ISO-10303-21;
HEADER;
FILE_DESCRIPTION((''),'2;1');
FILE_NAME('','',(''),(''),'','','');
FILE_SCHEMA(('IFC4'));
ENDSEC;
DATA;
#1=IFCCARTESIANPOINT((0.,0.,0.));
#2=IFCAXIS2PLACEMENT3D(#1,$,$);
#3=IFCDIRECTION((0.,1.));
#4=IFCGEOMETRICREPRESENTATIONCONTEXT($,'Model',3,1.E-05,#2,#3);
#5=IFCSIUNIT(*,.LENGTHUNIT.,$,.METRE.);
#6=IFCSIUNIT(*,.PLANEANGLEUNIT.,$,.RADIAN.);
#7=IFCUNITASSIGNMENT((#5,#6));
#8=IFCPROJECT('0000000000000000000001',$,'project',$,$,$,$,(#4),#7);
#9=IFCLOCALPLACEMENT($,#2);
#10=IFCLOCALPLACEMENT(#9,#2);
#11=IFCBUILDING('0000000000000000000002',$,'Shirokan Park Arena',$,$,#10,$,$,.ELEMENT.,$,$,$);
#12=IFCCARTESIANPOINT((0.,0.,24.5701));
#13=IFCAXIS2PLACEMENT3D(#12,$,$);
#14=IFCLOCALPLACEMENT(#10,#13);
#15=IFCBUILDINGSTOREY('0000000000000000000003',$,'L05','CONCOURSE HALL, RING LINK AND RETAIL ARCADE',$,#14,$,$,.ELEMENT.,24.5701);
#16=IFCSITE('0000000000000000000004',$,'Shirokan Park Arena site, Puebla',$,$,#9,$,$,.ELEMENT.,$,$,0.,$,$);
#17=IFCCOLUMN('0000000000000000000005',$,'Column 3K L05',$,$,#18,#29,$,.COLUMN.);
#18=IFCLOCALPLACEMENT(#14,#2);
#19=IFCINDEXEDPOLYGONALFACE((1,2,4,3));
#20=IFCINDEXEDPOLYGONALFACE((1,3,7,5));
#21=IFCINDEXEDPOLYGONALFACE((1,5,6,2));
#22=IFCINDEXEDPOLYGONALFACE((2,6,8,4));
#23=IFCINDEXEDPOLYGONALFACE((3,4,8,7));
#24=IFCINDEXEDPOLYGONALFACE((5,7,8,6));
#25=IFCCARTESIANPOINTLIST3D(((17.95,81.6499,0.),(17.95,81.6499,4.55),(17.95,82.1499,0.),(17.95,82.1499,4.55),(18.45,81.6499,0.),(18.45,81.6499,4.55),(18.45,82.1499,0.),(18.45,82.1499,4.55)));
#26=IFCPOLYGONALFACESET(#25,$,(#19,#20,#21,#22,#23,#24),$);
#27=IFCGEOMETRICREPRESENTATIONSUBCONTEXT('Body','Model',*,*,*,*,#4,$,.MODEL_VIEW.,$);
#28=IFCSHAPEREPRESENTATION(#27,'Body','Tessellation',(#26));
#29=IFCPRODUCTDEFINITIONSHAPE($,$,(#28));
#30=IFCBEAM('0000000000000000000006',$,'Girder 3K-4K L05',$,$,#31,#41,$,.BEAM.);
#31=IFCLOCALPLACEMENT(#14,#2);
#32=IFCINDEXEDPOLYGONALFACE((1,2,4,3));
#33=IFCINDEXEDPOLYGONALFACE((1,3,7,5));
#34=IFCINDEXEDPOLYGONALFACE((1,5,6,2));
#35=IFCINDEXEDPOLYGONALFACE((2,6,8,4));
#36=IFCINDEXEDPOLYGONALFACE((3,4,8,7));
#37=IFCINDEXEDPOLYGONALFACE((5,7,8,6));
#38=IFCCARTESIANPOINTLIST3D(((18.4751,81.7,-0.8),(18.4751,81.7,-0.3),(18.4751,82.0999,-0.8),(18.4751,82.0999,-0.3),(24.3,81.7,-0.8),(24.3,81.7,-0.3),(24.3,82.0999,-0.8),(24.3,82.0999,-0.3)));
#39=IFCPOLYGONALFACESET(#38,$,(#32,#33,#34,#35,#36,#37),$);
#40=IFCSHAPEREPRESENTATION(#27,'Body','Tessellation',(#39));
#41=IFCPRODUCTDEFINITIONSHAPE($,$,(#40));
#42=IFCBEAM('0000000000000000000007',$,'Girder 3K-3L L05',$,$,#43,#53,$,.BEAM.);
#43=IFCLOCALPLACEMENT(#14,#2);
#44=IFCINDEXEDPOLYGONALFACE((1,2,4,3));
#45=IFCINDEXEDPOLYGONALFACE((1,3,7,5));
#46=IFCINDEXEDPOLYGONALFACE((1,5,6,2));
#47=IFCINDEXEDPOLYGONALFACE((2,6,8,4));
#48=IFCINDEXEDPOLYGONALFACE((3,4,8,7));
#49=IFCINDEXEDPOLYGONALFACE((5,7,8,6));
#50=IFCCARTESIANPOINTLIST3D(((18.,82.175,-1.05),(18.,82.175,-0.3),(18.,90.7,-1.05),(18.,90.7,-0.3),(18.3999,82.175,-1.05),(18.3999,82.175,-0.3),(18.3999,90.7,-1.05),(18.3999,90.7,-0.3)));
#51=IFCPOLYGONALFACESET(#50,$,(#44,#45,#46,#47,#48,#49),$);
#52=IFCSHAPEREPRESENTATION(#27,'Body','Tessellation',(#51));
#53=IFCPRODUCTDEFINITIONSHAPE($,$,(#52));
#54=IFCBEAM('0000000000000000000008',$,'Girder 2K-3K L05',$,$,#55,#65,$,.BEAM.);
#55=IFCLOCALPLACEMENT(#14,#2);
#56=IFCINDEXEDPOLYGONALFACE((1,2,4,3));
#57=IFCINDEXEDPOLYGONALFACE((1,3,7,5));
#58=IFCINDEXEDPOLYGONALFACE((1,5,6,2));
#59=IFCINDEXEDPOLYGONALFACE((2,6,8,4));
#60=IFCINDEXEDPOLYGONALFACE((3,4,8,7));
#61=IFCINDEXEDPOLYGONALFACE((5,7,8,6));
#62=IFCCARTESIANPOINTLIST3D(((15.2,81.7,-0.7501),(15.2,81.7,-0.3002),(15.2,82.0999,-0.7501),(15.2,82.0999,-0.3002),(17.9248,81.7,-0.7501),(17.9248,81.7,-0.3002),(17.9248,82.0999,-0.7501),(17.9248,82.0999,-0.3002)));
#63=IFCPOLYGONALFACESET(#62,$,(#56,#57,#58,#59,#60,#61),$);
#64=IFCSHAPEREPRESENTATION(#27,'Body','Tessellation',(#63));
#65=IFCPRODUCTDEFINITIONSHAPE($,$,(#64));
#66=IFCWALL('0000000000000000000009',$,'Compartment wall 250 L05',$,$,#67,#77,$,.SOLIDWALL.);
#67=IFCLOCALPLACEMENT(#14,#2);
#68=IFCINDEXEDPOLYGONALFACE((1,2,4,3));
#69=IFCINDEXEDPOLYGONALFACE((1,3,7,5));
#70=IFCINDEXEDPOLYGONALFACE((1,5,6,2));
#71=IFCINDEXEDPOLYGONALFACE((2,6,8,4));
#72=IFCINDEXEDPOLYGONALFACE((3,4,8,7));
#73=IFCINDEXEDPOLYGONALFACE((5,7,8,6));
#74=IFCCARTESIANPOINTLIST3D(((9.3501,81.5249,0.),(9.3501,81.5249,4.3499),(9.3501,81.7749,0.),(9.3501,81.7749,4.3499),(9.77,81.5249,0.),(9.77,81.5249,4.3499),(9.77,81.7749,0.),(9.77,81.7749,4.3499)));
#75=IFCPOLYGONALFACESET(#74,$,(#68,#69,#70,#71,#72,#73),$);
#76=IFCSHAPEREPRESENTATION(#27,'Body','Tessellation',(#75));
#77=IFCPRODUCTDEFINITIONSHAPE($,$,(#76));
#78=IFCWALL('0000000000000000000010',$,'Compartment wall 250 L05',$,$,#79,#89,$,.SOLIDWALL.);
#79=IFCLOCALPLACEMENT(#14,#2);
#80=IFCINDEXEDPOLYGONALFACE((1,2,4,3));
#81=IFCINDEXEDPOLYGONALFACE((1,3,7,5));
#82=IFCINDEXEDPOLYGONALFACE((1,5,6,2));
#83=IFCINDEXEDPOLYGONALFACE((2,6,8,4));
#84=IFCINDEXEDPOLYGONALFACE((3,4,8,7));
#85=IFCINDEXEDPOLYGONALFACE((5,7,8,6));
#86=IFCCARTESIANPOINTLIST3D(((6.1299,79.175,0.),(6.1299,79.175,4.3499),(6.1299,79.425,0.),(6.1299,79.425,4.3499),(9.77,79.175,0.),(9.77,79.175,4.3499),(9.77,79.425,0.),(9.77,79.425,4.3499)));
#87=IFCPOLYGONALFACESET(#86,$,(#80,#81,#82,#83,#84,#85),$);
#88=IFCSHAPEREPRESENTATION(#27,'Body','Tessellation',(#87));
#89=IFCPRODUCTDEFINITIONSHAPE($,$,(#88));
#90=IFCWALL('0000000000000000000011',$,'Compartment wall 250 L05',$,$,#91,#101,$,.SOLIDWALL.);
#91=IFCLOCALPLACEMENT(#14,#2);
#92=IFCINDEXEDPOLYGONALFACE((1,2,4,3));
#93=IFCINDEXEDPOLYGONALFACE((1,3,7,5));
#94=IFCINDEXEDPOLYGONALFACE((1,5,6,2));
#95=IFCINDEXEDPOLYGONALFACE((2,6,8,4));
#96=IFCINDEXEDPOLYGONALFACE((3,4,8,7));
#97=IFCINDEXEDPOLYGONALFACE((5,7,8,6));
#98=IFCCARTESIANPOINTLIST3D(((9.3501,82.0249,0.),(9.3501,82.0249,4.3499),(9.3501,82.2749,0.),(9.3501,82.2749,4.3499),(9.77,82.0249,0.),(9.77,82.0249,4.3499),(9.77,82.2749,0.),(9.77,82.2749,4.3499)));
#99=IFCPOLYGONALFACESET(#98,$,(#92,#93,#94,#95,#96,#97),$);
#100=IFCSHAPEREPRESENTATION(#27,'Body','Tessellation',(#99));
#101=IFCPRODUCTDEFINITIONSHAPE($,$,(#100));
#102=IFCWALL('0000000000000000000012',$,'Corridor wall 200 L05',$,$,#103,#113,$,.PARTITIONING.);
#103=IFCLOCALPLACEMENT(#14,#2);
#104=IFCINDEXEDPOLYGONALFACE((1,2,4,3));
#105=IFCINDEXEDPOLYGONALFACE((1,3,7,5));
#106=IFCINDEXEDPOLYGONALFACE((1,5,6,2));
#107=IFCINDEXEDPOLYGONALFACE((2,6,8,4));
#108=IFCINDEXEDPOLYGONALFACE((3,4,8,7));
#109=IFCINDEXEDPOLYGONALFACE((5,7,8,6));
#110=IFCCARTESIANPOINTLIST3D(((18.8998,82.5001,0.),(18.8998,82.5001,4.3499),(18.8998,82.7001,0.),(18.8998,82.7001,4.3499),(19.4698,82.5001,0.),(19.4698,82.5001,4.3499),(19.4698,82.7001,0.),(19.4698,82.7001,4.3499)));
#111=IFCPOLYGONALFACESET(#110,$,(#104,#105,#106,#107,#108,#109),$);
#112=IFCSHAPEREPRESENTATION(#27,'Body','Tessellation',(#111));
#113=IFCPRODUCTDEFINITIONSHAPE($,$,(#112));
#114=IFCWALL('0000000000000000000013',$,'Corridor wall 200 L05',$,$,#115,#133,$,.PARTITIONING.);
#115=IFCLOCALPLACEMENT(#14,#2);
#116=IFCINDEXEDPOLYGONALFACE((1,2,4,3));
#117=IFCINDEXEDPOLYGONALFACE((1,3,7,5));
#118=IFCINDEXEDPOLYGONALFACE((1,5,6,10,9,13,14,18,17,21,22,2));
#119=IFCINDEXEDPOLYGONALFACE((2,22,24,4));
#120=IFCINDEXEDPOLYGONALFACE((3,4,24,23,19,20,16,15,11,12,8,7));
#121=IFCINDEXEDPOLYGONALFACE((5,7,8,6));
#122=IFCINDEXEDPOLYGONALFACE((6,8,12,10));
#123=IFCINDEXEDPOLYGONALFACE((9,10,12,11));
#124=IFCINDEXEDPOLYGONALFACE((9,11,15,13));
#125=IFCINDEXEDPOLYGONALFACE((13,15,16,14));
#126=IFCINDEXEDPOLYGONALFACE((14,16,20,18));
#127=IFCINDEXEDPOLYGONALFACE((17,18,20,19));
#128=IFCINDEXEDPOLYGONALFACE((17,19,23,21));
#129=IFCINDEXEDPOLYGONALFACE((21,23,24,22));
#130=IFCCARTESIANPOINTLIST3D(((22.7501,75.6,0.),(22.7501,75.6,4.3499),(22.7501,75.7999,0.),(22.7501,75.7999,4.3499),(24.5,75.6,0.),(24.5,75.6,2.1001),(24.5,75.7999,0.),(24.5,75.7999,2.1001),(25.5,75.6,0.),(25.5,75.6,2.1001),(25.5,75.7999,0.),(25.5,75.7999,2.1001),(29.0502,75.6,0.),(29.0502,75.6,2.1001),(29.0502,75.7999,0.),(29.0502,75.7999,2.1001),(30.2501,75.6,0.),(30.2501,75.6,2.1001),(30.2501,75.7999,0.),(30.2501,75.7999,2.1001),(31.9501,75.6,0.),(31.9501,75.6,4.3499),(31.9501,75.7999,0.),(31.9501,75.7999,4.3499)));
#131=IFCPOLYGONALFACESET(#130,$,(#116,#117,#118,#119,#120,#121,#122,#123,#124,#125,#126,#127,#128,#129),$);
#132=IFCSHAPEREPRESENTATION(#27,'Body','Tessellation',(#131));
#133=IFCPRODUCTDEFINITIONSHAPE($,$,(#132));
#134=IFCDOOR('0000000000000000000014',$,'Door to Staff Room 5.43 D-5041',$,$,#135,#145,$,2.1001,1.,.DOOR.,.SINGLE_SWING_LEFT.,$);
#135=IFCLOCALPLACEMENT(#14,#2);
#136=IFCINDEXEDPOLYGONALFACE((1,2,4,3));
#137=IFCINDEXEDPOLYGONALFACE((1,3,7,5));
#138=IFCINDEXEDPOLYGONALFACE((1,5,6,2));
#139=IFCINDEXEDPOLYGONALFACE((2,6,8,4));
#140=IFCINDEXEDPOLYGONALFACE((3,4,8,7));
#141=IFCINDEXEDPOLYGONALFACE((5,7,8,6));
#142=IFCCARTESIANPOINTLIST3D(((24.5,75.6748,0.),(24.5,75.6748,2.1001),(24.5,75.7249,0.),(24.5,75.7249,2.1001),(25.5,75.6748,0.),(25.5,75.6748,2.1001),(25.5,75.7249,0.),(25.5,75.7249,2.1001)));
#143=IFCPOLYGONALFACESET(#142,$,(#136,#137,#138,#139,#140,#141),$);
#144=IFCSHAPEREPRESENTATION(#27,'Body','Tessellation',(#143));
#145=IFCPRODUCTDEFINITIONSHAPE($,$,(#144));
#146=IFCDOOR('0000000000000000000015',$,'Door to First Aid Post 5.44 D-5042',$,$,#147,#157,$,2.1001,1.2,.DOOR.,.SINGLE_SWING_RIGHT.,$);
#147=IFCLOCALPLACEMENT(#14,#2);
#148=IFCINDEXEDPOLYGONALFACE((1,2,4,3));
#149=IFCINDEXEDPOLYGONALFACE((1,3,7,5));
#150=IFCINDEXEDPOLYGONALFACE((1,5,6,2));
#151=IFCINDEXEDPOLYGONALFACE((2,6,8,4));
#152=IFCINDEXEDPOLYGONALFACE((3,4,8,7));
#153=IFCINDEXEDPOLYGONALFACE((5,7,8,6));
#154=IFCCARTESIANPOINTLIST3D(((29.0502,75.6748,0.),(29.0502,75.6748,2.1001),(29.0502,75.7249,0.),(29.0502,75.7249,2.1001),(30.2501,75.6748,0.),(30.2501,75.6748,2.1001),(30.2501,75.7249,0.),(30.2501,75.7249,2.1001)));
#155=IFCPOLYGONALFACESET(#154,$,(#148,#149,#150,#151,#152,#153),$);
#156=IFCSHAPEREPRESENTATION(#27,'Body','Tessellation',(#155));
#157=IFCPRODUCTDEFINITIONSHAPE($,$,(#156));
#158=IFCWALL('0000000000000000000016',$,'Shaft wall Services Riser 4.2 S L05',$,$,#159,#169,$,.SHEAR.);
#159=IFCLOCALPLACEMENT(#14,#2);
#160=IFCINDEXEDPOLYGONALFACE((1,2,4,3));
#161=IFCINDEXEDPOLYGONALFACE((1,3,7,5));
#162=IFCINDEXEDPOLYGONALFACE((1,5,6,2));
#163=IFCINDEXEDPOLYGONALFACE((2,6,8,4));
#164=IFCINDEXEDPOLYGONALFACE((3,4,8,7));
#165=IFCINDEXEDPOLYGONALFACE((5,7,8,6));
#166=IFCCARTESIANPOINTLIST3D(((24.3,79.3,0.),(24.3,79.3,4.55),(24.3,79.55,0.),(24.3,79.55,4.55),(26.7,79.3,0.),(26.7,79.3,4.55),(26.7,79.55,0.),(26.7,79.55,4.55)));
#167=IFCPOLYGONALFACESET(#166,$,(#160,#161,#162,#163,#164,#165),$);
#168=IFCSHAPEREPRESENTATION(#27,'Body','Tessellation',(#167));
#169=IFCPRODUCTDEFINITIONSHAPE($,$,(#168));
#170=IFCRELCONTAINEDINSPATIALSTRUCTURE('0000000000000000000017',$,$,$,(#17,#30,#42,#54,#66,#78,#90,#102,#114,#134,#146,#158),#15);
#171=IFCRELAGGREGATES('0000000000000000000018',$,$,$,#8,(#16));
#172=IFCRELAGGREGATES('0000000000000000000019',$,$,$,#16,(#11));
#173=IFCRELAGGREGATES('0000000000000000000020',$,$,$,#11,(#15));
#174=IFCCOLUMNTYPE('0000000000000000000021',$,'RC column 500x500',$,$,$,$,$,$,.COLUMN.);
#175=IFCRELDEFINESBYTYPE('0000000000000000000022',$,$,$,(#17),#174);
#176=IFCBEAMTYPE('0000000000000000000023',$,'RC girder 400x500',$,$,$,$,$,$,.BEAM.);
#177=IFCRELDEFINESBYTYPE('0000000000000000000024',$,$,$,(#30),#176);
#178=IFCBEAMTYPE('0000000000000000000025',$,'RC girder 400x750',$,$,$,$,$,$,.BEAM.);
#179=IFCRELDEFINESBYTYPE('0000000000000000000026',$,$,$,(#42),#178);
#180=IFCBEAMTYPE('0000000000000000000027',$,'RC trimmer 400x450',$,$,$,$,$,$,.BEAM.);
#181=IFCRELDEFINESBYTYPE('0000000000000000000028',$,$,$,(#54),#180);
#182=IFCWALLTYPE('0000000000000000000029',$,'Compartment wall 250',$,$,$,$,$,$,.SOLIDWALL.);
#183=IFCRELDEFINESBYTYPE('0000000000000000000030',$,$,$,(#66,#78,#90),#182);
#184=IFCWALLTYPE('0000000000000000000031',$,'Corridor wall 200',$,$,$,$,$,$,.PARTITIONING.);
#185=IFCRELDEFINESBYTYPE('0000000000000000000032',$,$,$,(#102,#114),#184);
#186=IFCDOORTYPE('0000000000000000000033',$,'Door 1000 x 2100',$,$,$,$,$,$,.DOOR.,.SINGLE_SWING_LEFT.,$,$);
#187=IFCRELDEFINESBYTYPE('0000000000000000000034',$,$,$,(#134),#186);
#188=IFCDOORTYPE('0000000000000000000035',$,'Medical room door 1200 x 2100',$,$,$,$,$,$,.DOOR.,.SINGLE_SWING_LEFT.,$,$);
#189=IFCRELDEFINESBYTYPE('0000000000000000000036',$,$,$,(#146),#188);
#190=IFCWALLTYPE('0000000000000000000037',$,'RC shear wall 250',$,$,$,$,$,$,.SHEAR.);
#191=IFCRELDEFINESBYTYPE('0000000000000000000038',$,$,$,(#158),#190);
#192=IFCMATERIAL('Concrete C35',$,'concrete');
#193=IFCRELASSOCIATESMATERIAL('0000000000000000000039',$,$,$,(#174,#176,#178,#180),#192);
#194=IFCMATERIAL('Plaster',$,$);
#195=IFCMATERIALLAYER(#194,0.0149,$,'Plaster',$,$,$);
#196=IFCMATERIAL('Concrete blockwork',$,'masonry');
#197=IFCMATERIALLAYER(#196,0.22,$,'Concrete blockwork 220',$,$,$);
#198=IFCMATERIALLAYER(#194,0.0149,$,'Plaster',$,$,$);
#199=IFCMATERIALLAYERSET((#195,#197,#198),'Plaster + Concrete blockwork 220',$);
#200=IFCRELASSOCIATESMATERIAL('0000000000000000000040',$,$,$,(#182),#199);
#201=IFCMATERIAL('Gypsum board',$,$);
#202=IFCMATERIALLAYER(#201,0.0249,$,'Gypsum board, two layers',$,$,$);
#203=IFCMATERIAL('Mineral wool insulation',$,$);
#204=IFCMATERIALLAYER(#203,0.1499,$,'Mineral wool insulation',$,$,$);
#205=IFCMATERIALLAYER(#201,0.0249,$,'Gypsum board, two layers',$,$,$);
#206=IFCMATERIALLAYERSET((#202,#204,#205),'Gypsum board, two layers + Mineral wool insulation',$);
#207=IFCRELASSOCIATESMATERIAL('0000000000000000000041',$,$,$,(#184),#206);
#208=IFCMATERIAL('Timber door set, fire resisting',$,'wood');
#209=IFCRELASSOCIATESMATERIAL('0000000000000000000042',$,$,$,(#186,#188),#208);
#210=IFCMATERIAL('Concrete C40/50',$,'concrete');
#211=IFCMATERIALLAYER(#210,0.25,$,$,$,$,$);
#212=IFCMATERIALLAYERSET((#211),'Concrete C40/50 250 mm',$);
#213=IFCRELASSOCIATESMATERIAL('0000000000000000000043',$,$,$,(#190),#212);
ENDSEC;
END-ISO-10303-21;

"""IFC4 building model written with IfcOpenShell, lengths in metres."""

from ifc_helpers import new_model, si_unit, direction, frame, frame_2d, origin, origin_2d, place, context, subcontext, project, spatial, rectangle, extrude, material, layer, layer_set, material_profile, profile_set, type_object, element, fill, save


model = new_model("IFC4")

# Units and contexts
model_context = context("Model", 3, precision=1e-05, world=origin(), true_north=direction((0.0, 1.0)))
body_context = subcontext(model_context, "Body", "Model", "MODEL_VIEW")
ifc_project = project(units=[si_unit("LENGTHUNIT", "METRE"), si_unit("PLANEANGLEUNIT", "RADIAN")], contexts=[model_context])

# Site, building, storey
site_placement = place(None, origin())
site = spatial("IfcSite", under=ifc_project, at=site_placement, Name="Shirokan Park Arena site, Puebla", CompositionType="ELEMENT", RefElevation=0.0)
building_placement = place(site_placement, origin())
building = spatial("IfcBuilding", under=site, at=building_placement, Name="Shirokan Park Arena", CompositionType="ELEMENT")
storey_placement = place(building_placement, frame((0.0, 0.0, 24.5701)))
storey = spatial("IfcBuildingStorey", under=building, at=storey_placement, Name="L05", Description="CONCOURSE HALL, RING LINK AND RETAIL ARCADE", CompositionType="ELEMENT", Elevation=24.5701)

# Column
ifc_material_1 = material(Name="Concrete C35", Category="concrete")
ifc_material_profile_1 = material_profile(ifc_material_1, rectangle(XDim=0.5, YDim=0.5, at=origin_2d()), Name="500x500")
ifc_profile_set_1 = profile_set([ifc_material_profile_1], Name="Concrete C35")
column_type = type_object("IfcColumnType", Name="RC column 500x500", PredefinedType="COLUMN", material=ifc_profile_set_1)
column_placement = place(storey_placement, frame((18.2, 81.8999, 0.0), z_axis=(0.0, 0.0, 1.0), x_axis=(1.0, 0.0, 0.0)))
element("IfcColumn", 1, at=column_placement, inside=storey, type_object=column_type, Name="Column 3K L05", PredefinedType="COLUMN", context=body_context, shape_type="SweptSolid", body=[
    extrude(rectangle(XDim=0.5, YDim=0.5, at=origin_2d()), origin(), (0.0, 0.0, 1.0), 4.55),
])

# Beams
ifc_material_profile_2 = material_profile(ifc_material_1, rectangle(XDim=0.3999, YDim=0.5, at=origin_2d()), Name="400x500")
ifc_profile_set_2 = profile_set([ifc_material_profile_2], Name="Concrete C35")
beam_type_1 = type_object("IfcBeamType", Name="RC girder 400x500", PredefinedType="BEAM", material=ifc_profile_set_2)
beam_1_placement = place(storey_placement, frame((18.4751, 81.8999, -0.55), z_axis=(1.0, 0.0, 0.0), x_axis=(0.0, 1.0, 0.0)))
element("IfcBeam", 2, at=beam_1_placement, inside=storey, type_object=beam_type_1, Name="Girder 3K-4K L05", PredefinedType="BEAM", context=body_context, shape_type="SweptSolid", body=[
    extrude(rectangle(XDim=0.3999, YDim=0.5, at=origin_2d()), origin(), (0.0, 0.0, 1.0), 5.825),
])
ifc_material_profile_3 = material_profile(ifc_material_1, rectangle(XDim=0.3999, YDim=0.75, at=origin_2d()), Name="400x750")
ifc_profile_set_3 = profile_set([ifc_material_profile_3], Name="Concrete C35")
beam_type_2 = type_object("IfcBeamType", Name="RC girder 400x750", PredefinedType="BEAM", material=ifc_profile_set_3)
beam_2_placement = place(storey_placement, frame((18.2, 82.175, -0.675), z_axis=(0.0, 1.0, 0.0), x_axis=(-1.0, 0.0, 0.0)))
element("IfcBeam", 3, at=beam_2_placement, inside=storey, type_object=beam_type_2, Name="Girder 3K-3L L05", PredefinedType="BEAM", context=body_context, shape_type="SweptSolid", body=[
    extrude(rectangle(XDim=0.3999, YDim=0.75, at=origin_2d()), origin(), (0.0, 0.0, 1.0), 8.5249),
])
ifc_material_profile_4 = material_profile(ifc_material_1, rectangle(XDim=0.3999, YDim=0.45, at=origin_2d()), Name="400x450")
ifc_profile_set_4 = profile_set([ifc_material_profile_4], Name="Concrete C35")
beam_type_3 = type_object("IfcBeamType", Name="RC trimmer 400x450", PredefinedType="BEAM", material=ifc_profile_set_4)
beam_3_placement = place(storey_placement, frame((15.2, 81.8999, -0.5251), z_axis=(1.0, 0.0, 0.0), x_axis=(0.0, 1.0, 0.0)))
element("IfcBeam", 4, at=beam_3_placement, inside=storey, type_object=beam_type_3, Name="Girder 2K-3K L05", PredefinedType="BEAM", context=body_context, shape_type="SweptSolid", body=[
    extrude(rectangle(XDim=0.3999, YDim=0.45, at=origin_2d()), origin(), (0.0, 0.0, 1.0), 2.7249),
])

# Walls
ifc_material_2 = material(Name="Plaster")
ifc_layer_1 = layer(ifc_material_2, 0.0149, Name="Plaster")
ifc_material_3 = material(Name="Concrete blockwork", Category="masonry")
ifc_layer_2 = layer(ifc_material_3, 0.22, Name="Concrete blockwork 220")
ifc_layer_3 = layer(ifc_material_2, 0.0149, Name="Plaster")
ifc_layer_set_1 = layer_set([ifc_layer_1, ifc_layer_2, ifc_layer_3], Name="Plaster + Concrete blockwork 220")
wall_type_1 = type_object("IfcWallType", Name="Compartment wall 250", PredefinedType="SOLIDWALL", material=ifc_layer_set_1)
wall_1_placement = place(storey_placement, frame((9.3501, 81.6499, 0.0), z_axis=(0.0, 0.0, 1.0), x_axis=(1.0, 0.0, 0.0)))
element("IfcWall", 5, at=wall_1_placement, inside=storey, type_object=wall_type_1, Name="Compartment wall 250 L05", PredefinedType="SOLIDWALL", context=body_context, shape_type="SweptSolid", body=[
    extrude(rectangle(XDim=0.4199, YDim=0.25, at=frame_2d((0.21, 0.0))), origin(), (0.0, 0.0, 1.0), 4.3499),
])
wall_2_placement = place(storey_placement, frame((9.77, 79.3, 0.0), z_axis=(0.0, 0.0, 1.0), x_axis=(-1.0, 0.0, 0.0)))
element("IfcWall", 6, at=wall_2_placement, inside=storey, type_object=wall_type_1, Name="Compartment wall 250 L05", PredefinedType="SOLIDWALL", context=body_context, shape_type="SweptSolid", body=[
    extrude(rectangle(XDim=3.6401, YDim=0.25, at=frame_2d((1.8201, 0.0))), origin(), (0.0, 0.0, 1.0), 4.3499),
])
wall_3_placement = place(storey_placement, frame((9.77, 82.1499, 0.0), z_axis=(0.0, 0.0, 1.0), x_axis=(-1.0, 0.0, 0.0)))
element("IfcWall", 7, at=wall_3_placement, inside=storey, type_object=wall_type_1, Name="Compartment wall 250 L05", PredefinedType="SOLIDWALL", context=body_context, shape_type="SweptSolid", body=[
    extrude(rectangle(XDim=0.4199, YDim=0.25, at=frame_2d((0.21, 0.0))), origin(), (0.0, 0.0, 1.0), 4.3499),
])
ifc_material_4 = material(Name="Gypsum board")
ifc_layer_4 = layer(ifc_material_4, 0.0249, Name="Gypsum board, two layers")
ifc_material_5 = material(Name="Mineral wool insulation")
ifc_layer_5 = layer(ifc_material_5, 0.1499, Name="Mineral wool insulation")
ifc_layer_6 = layer(ifc_material_4, 0.0249, Name="Gypsum board, two layers")
ifc_layer_set_2 = layer_set([ifc_layer_4, ifc_layer_5, ifc_layer_6], Name="Gypsum board, two layers + Mineral wool insulation")
wall_type_2 = type_object("IfcWallType", Name="Corridor wall 200", PredefinedType="PARTITIONING", material=ifc_layer_set_2)
wall_4_placement = place(storey_placement, frame((19.47, 82.6001, 0.0), z_axis=(0.0, 0.0, 1.0), x_axis=(-1.0, 0.0, 0.0)))
element("IfcWall", 8, at=wall_4_placement, inside=storey, type_object=wall_type_2, Name="Corridor wall 200 L05", PredefinedType="PARTITIONING", context=body_context, shape_type="SweptSolid", body=[
    extrude(rectangle(XDim=0.5701, YDim=0.2, at=frame_2d((0.2852, 0.0))), origin(), (0.0, 0.0, 1.0), 4.3499),
])

# Wall, openings, doors
wall_5_placement = place(storey_placement, frame((22.75, 75.7, 0.0), z_axis=(0.0, 0.0, 1.0), x_axis=(1.0, 0.0, 0.0)))
wall_5 = element("IfcWall", 9, at=wall_5_placement, inside=storey, type_object=wall_type_2, Name="Corridor wall 200 L05", PredefinedType="PARTITIONING", context=body_context, shape_type="SweptSolid", body=[
    extrude(rectangle(XDim=9.2, YDim=0.2, at=frame_2d((4.6001, 0.0))), origin(), (0.0, 0.0, 1.0), 4.3499),
])
opening_1_placement = place(wall_5_placement, frame((1.75, 0.0, 0.0)))
opening_1 = element("IfcOpeningElement", 10, at=opening_1_placement, cuts=wall_5, PredefinedType="OPENING", context=body_context, shape_type="SweptSolid", body=[
    extrude(rectangle(XDim=1.0, YDim=2.1001, at=frame_2d((0.5, 1.05))), frame((0.0, 0.1099, 0.0), z_axis=(0.0, -1.0, 0.0), x_axis=(1.0, 0.0, 0.0)), (0.0, 0.0, 1.0), 0.22),
])
opening_2_placement = place(wall_5_placement, frame((6.3, 0.0, 0.0)))
opening_2 = element("IfcOpeningElement", 11, at=opening_2_placement, cuts=wall_5, PredefinedType="OPENING", context=body_context, shape_type="SweptSolid", body=[
    extrude(rectangle(XDim=1.2, YDim=2.1001, at=frame_2d((0.6001, 1.05))), frame((0.0, 0.1099, 0.0), z_axis=(0.0, -1.0, 0.0), x_axis=(1.0, 0.0, 0.0)), (0.0, 0.0, 1.0), 0.22),
])
ifc_material_6 = material(Name="Timber door set, fire resisting", Category="wood")
door_type_1 = type_object("IfcDoorType", Name="Door 1000 x 2100", OperationType="SINGLE_SWING_LEFT", PredefinedType="DOOR", material=ifc_material_6)
door_1_placement = place(opening_1_placement, origin())
door_1 = element("IfcDoor", 12, at=door_1_placement, inside=storey, type_object=door_type_1, Name="Door to Staff Room 5.43 D-5041", OperationType="SINGLE_SWING_LEFT", OverallHeight=2.1001, OverallWidth=1.0, PredefinedType="DOOR", context=body_context, shape_type="SweptSolid", body=[
    extrude(rectangle(XDim=1.0, YDim=2.1001, at=frame_2d((0.5, 1.05))), frame((0.0, 0.0249, 0.0), z_axis=(0.0, -1.0, 0.0), x_axis=(1.0, 0.0, 0.0)), (0.0, 0.0, 1.0), 0.05),
])
fill(opening_1, door_1)
door_type_2 = type_object("IfcDoorType", Name="Medical room door 1200 x 2100", OperationType="SINGLE_SWING_LEFT", PredefinedType="DOOR", material=ifc_material_6)
door_2_placement = place(opening_2_placement, origin())
door_2 = element("IfcDoor", 13, at=door_2_placement, inside=storey, type_object=door_type_2, Name="Door to First Aid Post 5.44 D-5042", OperationType="SINGLE_SWING_RIGHT", OverallHeight=2.1001, OverallWidth=1.2, PredefinedType="DOOR", context=body_context, shape_type="SweptSolid", body=[
    extrude(rectangle(XDim=1.2, YDim=2.1001, at=frame_2d((0.6001, 1.05))), frame((0.0, 0.0249, 0.0), z_axis=(0.0, -1.0, 0.0), x_axis=(1.0, 0.0, 0.0)), (0.0, 0.0, 1.0), 0.05),
])
fill(opening_2, door_2)

# Wall
ifc_material_7 = material(Name="Concrete C40/50", Category="concrete")
ifc_layer_7 = layer(ifc_material_7, 0.25)
ifc_layer_set_3 = layer_set([ifc_layer_7], Name="Concrete C40/50 250 mm")
wall_type_3 = type_object("IfcWallType", Name="RC shear wall 250", PredefinedType="SHEAR", material=ifc_layer_set_3)
wall_6_placement = place(storey_placement, frame((26.7, 79.425, 0.0), z_axis=(0.0, 0.0, 1.0), x_axis=(-1.0, 0.0, 0.0)))
element("IfcWall", 14, at=wall_6_placement, inside=storey, type_object=wall_type_3, Name="Shaft wall Services Riser 4.2 S L05", PredefinedType="SHEAR", context=body_context, shape_type="SweptSolid", body=[
    extrude(rectangle(XDim=2.3999, YDim=0.25, at=frame_2d((1.2, 0.0))), origin(), (0.0, 0.0, 1.0), 4.55),
])

save(model, "model.ifc")
